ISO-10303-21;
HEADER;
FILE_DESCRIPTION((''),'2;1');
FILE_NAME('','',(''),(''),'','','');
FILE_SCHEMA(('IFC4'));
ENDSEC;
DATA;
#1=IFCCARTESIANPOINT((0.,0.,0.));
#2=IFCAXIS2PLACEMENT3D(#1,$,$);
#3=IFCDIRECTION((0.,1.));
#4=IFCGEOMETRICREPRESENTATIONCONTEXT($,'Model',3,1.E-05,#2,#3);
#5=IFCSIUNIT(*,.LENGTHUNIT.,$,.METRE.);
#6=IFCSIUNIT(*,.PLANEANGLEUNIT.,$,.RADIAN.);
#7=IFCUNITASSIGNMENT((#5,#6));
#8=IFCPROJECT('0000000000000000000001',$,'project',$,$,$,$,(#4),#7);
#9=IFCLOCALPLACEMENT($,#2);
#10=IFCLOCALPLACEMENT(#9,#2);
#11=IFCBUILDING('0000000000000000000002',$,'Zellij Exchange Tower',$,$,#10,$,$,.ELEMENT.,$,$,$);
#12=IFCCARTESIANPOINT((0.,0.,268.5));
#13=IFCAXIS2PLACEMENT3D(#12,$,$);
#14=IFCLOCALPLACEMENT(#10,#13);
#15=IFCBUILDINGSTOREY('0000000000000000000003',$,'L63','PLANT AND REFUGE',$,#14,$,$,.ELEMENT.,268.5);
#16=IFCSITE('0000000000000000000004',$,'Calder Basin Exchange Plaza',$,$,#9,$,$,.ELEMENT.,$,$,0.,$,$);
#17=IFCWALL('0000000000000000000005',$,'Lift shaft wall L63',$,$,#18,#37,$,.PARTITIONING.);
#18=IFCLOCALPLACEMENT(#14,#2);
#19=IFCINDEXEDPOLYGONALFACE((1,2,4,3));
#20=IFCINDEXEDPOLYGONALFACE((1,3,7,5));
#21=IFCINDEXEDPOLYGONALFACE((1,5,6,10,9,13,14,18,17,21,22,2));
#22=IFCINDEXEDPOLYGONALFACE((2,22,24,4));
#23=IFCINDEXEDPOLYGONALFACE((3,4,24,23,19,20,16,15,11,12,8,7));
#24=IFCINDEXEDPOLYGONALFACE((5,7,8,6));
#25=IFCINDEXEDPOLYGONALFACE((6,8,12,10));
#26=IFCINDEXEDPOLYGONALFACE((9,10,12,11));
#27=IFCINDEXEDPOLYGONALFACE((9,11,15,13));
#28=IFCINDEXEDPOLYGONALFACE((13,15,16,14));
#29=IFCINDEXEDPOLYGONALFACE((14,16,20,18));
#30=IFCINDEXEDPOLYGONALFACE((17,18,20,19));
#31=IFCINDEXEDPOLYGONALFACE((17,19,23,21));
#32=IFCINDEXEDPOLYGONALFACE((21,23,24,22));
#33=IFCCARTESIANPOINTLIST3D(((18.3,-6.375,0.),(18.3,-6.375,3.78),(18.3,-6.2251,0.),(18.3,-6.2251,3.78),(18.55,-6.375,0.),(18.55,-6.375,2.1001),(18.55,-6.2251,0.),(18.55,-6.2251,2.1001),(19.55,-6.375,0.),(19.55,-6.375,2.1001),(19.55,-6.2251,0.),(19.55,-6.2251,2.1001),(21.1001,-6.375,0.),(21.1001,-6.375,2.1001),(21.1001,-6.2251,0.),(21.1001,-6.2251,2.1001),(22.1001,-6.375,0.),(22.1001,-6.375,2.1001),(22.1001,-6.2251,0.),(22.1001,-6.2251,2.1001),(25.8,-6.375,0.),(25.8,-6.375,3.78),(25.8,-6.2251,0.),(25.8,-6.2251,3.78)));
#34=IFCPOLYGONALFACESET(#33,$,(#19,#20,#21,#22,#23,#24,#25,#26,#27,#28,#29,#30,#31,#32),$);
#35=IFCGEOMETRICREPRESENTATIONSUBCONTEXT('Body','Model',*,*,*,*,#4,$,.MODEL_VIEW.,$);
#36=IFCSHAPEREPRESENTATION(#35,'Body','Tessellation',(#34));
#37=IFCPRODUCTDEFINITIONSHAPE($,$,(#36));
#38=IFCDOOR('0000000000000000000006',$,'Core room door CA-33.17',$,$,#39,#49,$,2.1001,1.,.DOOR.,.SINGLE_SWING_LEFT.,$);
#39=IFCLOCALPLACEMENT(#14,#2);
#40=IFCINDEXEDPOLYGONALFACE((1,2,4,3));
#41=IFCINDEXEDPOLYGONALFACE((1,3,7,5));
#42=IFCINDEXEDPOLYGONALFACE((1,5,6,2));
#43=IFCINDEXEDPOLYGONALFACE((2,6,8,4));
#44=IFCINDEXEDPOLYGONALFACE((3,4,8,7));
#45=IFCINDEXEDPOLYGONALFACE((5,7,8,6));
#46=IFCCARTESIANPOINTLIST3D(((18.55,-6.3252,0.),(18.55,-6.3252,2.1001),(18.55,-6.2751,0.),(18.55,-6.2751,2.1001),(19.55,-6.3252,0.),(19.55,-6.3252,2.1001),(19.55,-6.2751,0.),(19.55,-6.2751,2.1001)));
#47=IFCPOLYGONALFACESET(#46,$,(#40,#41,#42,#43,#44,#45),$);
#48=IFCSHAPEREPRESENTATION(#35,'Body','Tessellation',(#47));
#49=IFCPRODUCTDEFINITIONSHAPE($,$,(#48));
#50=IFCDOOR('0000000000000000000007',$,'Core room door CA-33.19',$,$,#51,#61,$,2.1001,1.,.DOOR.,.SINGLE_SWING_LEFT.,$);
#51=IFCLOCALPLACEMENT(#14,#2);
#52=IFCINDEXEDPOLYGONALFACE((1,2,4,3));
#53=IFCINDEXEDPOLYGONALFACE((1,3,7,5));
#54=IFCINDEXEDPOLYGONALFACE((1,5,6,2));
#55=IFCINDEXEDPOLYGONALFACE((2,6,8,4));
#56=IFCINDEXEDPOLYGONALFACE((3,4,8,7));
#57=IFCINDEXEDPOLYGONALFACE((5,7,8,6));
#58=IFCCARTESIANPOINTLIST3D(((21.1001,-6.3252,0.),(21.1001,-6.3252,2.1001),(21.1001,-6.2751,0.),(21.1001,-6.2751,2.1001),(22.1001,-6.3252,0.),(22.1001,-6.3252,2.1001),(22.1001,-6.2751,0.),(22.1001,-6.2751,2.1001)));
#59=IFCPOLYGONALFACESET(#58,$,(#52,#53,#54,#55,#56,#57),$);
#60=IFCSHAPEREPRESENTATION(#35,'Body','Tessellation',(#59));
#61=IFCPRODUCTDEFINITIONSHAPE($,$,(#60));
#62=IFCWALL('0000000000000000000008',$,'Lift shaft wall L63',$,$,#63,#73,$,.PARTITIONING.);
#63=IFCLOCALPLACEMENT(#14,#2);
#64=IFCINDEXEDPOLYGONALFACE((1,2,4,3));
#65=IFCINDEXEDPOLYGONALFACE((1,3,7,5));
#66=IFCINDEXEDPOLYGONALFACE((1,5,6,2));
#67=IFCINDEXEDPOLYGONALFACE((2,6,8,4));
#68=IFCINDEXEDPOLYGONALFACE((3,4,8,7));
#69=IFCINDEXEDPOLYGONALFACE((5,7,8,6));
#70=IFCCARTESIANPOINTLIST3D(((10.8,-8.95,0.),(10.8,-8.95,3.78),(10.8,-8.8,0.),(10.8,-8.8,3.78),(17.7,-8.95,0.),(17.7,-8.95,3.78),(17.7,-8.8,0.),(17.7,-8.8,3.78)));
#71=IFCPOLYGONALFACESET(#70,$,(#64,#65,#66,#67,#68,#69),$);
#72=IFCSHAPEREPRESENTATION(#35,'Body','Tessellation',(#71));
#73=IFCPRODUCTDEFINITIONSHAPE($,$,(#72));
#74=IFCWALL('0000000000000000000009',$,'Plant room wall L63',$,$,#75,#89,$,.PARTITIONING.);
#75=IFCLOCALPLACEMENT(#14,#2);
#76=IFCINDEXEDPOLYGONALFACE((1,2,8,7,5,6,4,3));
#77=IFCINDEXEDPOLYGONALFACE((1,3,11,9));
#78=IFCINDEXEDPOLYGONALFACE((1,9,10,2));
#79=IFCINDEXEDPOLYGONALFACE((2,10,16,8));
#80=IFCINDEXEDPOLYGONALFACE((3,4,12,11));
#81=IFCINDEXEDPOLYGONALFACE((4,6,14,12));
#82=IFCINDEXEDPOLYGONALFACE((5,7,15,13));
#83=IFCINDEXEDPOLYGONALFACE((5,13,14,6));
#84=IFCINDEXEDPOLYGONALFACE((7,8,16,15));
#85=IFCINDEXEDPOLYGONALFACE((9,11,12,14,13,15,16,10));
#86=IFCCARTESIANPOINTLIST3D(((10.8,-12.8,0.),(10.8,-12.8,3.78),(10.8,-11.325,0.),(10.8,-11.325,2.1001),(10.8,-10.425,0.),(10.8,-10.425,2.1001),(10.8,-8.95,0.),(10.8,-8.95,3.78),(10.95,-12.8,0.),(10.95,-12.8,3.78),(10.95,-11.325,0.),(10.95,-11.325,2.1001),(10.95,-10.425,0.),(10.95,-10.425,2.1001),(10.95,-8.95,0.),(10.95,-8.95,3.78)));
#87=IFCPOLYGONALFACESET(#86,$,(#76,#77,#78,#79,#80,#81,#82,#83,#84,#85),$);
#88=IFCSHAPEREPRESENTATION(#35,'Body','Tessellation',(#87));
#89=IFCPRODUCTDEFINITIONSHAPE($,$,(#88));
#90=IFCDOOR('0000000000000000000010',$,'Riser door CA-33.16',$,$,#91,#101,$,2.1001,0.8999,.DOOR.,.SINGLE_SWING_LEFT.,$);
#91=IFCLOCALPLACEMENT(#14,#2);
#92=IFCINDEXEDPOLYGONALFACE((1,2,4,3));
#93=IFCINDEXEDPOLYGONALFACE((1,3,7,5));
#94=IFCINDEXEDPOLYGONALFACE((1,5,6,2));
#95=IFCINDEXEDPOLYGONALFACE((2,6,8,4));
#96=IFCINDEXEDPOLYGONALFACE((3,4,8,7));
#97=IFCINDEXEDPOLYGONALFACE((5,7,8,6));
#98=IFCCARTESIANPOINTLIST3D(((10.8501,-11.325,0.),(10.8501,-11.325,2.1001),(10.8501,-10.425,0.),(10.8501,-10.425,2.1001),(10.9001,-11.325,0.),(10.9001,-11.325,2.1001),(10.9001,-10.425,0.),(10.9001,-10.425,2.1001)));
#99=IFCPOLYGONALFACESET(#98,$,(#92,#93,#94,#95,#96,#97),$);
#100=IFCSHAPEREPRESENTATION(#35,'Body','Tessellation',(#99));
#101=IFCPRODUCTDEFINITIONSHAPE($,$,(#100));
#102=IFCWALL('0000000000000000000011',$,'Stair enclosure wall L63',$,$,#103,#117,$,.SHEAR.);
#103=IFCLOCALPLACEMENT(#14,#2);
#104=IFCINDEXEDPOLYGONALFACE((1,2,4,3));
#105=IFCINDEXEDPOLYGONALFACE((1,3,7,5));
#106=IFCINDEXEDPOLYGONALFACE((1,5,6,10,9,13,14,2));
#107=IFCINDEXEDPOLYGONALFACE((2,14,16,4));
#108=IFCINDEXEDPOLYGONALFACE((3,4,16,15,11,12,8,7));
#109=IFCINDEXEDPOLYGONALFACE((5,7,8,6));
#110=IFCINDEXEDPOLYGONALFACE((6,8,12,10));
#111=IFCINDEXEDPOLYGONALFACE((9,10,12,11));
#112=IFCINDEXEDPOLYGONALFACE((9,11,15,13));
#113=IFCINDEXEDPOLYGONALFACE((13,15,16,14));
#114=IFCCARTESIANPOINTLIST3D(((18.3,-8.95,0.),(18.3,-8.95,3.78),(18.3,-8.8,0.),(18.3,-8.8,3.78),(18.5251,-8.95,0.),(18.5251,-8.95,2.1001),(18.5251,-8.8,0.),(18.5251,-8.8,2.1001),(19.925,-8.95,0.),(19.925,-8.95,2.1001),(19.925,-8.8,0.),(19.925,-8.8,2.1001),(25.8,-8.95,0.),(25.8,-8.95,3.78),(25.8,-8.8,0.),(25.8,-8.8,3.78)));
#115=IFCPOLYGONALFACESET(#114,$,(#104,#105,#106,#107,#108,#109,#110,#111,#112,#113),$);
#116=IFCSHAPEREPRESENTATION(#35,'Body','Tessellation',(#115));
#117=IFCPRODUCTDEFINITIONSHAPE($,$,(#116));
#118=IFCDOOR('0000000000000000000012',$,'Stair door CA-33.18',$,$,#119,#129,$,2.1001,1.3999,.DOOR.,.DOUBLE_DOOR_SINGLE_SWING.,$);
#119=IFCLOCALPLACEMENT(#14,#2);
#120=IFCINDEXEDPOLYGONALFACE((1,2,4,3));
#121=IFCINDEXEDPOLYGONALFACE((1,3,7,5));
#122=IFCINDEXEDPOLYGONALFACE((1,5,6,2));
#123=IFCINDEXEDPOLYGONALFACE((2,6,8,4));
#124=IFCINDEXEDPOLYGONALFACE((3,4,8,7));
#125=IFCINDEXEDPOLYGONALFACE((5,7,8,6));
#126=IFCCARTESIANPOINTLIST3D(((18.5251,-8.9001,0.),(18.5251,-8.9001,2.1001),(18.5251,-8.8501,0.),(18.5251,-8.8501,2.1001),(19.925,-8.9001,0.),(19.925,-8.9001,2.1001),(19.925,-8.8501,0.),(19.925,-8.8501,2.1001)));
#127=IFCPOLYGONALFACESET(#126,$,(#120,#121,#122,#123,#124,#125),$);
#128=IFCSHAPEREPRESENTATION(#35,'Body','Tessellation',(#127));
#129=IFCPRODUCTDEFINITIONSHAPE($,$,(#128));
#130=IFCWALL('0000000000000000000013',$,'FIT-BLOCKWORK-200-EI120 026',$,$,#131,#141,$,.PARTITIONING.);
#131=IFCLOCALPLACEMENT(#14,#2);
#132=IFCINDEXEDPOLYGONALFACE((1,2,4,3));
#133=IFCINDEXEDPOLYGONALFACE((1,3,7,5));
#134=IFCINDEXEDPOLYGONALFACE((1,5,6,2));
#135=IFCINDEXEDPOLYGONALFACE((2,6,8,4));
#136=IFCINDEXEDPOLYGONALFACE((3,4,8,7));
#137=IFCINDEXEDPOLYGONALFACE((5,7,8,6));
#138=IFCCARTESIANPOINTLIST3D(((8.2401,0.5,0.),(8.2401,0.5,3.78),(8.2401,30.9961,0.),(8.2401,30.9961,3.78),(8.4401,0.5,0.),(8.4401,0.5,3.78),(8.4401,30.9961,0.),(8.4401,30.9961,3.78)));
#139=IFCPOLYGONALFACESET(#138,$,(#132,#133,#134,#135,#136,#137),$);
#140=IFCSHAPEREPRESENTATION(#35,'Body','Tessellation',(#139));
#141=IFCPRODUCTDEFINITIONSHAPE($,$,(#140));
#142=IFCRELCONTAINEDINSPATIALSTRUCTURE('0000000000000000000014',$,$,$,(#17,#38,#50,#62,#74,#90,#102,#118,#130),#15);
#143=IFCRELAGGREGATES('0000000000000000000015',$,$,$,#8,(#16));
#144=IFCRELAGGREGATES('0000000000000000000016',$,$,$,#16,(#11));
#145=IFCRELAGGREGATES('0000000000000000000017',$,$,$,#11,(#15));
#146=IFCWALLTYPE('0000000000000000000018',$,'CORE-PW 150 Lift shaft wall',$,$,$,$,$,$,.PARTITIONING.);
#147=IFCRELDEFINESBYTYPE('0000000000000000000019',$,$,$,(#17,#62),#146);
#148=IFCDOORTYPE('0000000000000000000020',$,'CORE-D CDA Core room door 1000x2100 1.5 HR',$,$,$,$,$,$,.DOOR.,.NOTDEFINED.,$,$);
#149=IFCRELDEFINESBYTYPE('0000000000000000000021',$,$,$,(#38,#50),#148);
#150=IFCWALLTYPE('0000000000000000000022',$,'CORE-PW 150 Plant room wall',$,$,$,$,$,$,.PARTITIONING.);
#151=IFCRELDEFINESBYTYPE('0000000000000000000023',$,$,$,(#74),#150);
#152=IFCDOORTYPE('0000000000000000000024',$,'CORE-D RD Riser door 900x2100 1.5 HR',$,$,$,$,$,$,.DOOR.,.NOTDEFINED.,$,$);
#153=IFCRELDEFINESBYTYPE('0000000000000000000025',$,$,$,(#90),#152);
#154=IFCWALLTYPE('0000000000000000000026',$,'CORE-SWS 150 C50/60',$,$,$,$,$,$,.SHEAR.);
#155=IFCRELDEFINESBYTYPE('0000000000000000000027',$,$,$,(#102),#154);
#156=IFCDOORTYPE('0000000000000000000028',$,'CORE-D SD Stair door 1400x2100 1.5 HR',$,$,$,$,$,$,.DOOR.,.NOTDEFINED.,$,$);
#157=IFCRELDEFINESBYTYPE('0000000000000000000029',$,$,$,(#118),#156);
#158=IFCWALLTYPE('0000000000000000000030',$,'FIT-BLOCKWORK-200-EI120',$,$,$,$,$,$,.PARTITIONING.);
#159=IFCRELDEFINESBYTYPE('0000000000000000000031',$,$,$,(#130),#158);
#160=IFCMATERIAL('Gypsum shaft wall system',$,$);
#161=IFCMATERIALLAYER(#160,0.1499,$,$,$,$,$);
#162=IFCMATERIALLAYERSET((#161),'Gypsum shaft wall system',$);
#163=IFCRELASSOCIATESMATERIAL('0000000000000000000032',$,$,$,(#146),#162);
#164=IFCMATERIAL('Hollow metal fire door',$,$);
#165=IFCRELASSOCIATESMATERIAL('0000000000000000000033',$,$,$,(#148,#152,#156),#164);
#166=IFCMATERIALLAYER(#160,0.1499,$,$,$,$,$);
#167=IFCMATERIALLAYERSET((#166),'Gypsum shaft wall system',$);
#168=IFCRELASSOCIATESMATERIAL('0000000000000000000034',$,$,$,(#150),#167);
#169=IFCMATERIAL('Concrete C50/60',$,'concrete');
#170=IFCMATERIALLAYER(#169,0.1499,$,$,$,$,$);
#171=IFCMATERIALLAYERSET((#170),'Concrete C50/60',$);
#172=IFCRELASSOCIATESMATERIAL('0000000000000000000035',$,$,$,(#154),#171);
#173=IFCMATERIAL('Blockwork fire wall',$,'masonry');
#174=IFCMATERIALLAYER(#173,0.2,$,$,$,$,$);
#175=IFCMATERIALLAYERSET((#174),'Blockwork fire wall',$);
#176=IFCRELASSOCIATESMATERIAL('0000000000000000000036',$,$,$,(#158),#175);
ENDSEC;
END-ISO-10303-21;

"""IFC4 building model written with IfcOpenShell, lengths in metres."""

from ifc_helpers import new_model, si_unit, direction, frame, frame_2d, origin, place, context, subcontext, project, spatial, rectangle, extrude, material, layer, layer_set, type_object, element, fill, save


model = new_model("IFC4")

# Units and contexts
model_context = context("Model", 3, precision=1e-05, world=origin(), true_north=direction((0.0, 1.0)))
body_context = subcontext(model_context, "Body", "Model", "MODEL_VIEW")
ifc_project = project(units=[si_unit("LENGTHUNIT", "METRE"), si_unit("PLANEANGLEUNIT", "RADIAN")], contexts=[model_context])

# Site, building, storey
site_placement = place(None, origin())
site = spatial("IfcSite", under=ifc_project, at=site_placement, Name="Calder Basin Exchange Plaza", CompositionType="ELEMENT", RefElevation=0.0)
building_placement = place(site_placement, origin())
building = spatial("IfcBuilding", under=site, at=building_placement, Name="Zellij Exchange Tower", CompositionType="ELEMENT")
storey_placement = place(building_placement, frame((0.0, 0.0, 268.5)))
storey = spatial("IfcBuildingStorey", under=building, at=storey_placement, Name="L63", Description="PLANT AND REFUGE", CompositionType="ELEMENT", Elevation=268.5)

# Shared definitions
ifc_material_1 = material(Name="Concrete C50/60", Category="concrete")

# Shared definitions
ifc_material_2 = material(Name="Gypsum shaft wall system")
ifc_layer_1 = layer(ifc_material_2, 0.1499)
ifc_layer_set_1 = layer_set([ifc_layer_1], Name="Gypsum shaft wall system")
wall_type_1 = type_object("IfcWallType", Name="CORE-PW 150 Lift shaft wall", PredefinedType="PARTITIONING", material=ifc_layer_set_1)

# Wall, openings, doors
wall_1_placement = place(storey_placement, frame((18.3, -6.3, 0.0), z_axis=(0.0, 0.0, 1.0), x_axis=(1.0, 0.0, 0.0)))
wall_1 = element("IfcWall", 1, at=wall_1_placement, inside=storey, type_object=wall_type_1, Name="Lift shaft wall L63", PredefinedType="PARTITIONING", context=body_context, shape_type="SweptSolid", body=[
    extrude(rectangle(XDim=7.5, YDim=0.1499, at=frame_2d((3.75, 0.0))), origin(), (0.0, 0.0, 1.0), 3.78),
])
opening_1_placement = place(wall_1_placement, frame((0.25, 0.0, 0.0)))
opening_1 = element("IfcOpeningElement", 2, at=opening_1_placement, cuts=wall_1, PredefinedType="OPENING", context=body_context, shape_type="SweptSolid", body=[
    extrude(rectangle(XDim=1.0, YDim=2.1001, at=frame_2d((0.5, 1.05))), frame((0.0, 0.0869, 0.0), z_axis=(0.0, -1.0, 0.0), x_axis=(1.0, 0.0, 0.0)), (0.0, 0.0, 1.0), 0.1738),
])
opening_2_placement = place(wall_1_placement, frame((2.8, 0.0, 0.0)))
opening_2 = element("IfcOpeningElement", 3, at=opening_2_placement, cuts=wall_1, PredefinedType="OPENING", context=body_context, shape_type="SweptSolid", body=[
    extrude(rectangle(XDim=1.0, YDim=2.1001, at=frame_2d((0.5, 1.05))), frame((0.0, 0.0869, 0.0), z_axis=(0.0, -1.0, 0.0), x_axis=(1.0, 0.0, 0.0)), (0.0, 0.0, 1.0), 0.1738),
])
ifc_material_3 = material(Name="Hollow metal fire door")
door_type_1 = type_object("IfcDoorType", Name="CORE-D CDA Core room door 1000x2100 1.5 HR", OperationType="NOTDEFINED", PredefinedType="DOOR", material=ifc_material_3)
door_1_placement = place(opening_1_placement, origin())
door_1 = element("IfcDoor", 4, at=door_1_placement, inside=storey, type_object=door_type_1, Name="Core room door CA-33.17", OperationType="SINGLE_SWING_LEFT", OverallHeight=2.1001, OverallWidth=1.0, PredefinedType="DOOR", context=body_context, shape_type="SweptSolid", body=[
    extrude(rectangle(XDim=1.0, YDim=2.1001, at=frame_2d((0.5, 1.05))), frame((0.0, 0.0249, 0.0), z_axis=(0.0, -1.0, 0.0), x_axis=(1.0, 0.0, 0.0)), (0.0, 0.0, 1.0), 0.05),
])
fill(opening_1, door_1)
door_2_placement = place(opening_2_placement, origin())
door_2 = element("IfcDoor", 5, at=door_2_placement, inside=storey, type_object=door_type_1, Name="Core room door CA-33.19", OperationType="SINGLE_SWING_LEFT", OverallHeight=2.1001, OverallWidth=1.0, PredefinedType="DOOR", context=body_context, shape_type="SweptSolid", body=[
    extrude(rectangle(XDim=1.0, YDim=2.1001, at=frame_2d((0.5, 1.05))), frame((0.0, 0.0249, 0.0), z_axis=(0.0, -1.0, 0.0), x_axis=(1.0, 0.0, 0.0)), (0.0, 0.0, 1.0), 0.05),
])
fill(opening_2, door_2)

# Wall
wall_2_placement = place(storey_placement, frame((10.8, -8.875, 0.0), z_axis=(0.0, 0.0, 1.0), x_axis=(1.0, 0.0, 0.0)))
element("IfcWall", 6, at=wall_2_placement, inside=storey, type_object=wall_type_1, Name="Lift shaft wall L63", PredefinedType="PARTITIONING", context=body_context, shape_type="SweptSolid", body=[
    extrude(rectangle(XDim=6.8999, YDim=0.1499, at=frame_2d((3.45, 0.0))), origin(), (0.0, 0.0, 1.0), 3.78),
])

# Walls, openings, doors
ifc_layer_2 = layer(ifc_material_2, 0.1499)
ifc_layer_set_2 = layer_set([ifc_layer_2], Name="Gypsum shaft wall system")
wall_type_2 = type_object("IfcWallType", Name="CORE-PW 150 Plant room wall", PredefinedType="PARTITIONING", material=ifc_layer_set_2)
wall_3_placement = place(storey_placement, frame((10.875, -12.8, 0.0), z_axis=(0.0, 0.0, 1.0), x_axis=(0.0, 1.0, 0.0)))
wall_3 = element("IfcWall", 7, at=wall_3_placement, inside=storey, type_object=wall_type_2, Name="Plant room wall L63", PredefinedType="PARTITIONING", context=body_context, shape_type="SweptSolid", body=[
    extrude(rectangle(XDim=3.8501, YDim=0.1499, at=frame_2d((1.925, 0.0))), origin(), (0.0, 0.0, 1.0), 3.78),
])
opening_3_placement = place(wall_3_placement, frame((1.4751, 0.0, 0.0)))
opening_3 = element("IfcOpeningElement", 8, at=opening_3_placement, cuts=wall_3, PredefinedType="OPENING", context=body_context, shape_type="SweptSolid", body=[
    extrude(rectangle(XDim=0.8999, YDim=2.1001, at=frame_2d((0.45, 1.05))), frame((0.0, 0.0869, 0.0), z_axis=(0.0, -1.0, 0.0), x_axis=(1.0, 0.0, 0.0)), (0.0, 0.0, 1.0), 0.1738),
])
door_type_2 = type_object("IfcDoorType", Name="CORE-D RD Riser door 900x2100 1.5 HR", OperationType="NOTDEFINED", PredefinedType="DOOR", material=ifc_material_3)
door_3_placement = place(opening_3_placement, origin())
door_3 = element("IfcDoor", 9, at=door_3_placement, inside=storey, type_object=door_type_2, Name="Riser door CA-33.16", OperationType="SINGLE_SWING_LEFT", OverallHeight=2.1001, OverallWidth=0.8999, PredefinedType="DOOR", context=body_context, shape_type="SweptSolid", body=[
    extrude(rectangle(XDim=0.8999, YDim=2.1001, at=frame_2d((0.45, 1.05))), frame((0.0, 0.0249, 0.0), z_axis=(0.0, -1.0, 0.0), x_axis=(1.0, 0.0, 0.0)), (0.0, 0.0, 1.0), 0.05),
])
fill(opening_3, door_3)
ifc_layer_3 = layer(ifc_material_1, 0.1499)
ifc_layer_set_3 = layer_set([ifc_layer_3], Name="Concrete C50/60")
wall_type_3 = type_object("IfcWallType", Name="CORE-SWS 150 C50/60", PredefinedType="SHEAR", material=ifc_layer_set_3)
wall_4_placement = place(storey_placement, frame((18.3, -8.875, 0.0), z_axis=(0.0, 0.0, 1.0), x_axis=(1.0, 0.0, 0.0)))
wall_4 = element("IfcWall", 10, at=wall_4_placement, inside=storey, type_object=wall_type_3, Name="Stair enclosure wall L63", PredefinedType="SHEAR", context=body_context, shape_type="SweptSolid", body=[
    extrude(rectangle(XDim=7.5, YDim=0.1499, at=frame_2d((3.75, 0.0))), origin(), (0.0, 0.0, 1.0), 3.78),
])
opening_4_placement = place(wall_4_placement, frame((0.2251, 0.0, 0.0)))
opening_4 = element("IfcOpeningElement", 11, at=opening_4_placement, cuts=wall_4, PredefinedType="OPENING", context=body_context, shape_type="SweptSolid", body=[
    extrude(rectangle(XDim=1.3999, YDim=2.1001, at=frame_2d((0.7, 1.05))), frame((0.0, 0.0869, 0.0), z_axis=(0.0, -1.0, 0.0), x_axis=(1.0, 0.0, 0.0)), (0.0, 0.0, 1.0), 0.1738),
])
door_type_3 = type_object("IfcDoorType", Name="CORE-D SD Stair door 1400x2100 1.5 HR", OperationType="NOTDEFINED", PredefinedType="DOOR", material=ifc_material_3)
door_4_placement = place(opening_4_placement, origin())
door_4 = element("IfcDoor", 12, at=door_4_placement, inside=storey, type_object=door_type_3, Name="Stair door CA-33.18", OperationType="DOUBLE_DOOR_SINGLE_SWING", OverallHeight=2.1001, OverallWidth=1.3999, PredefinedType="DOOR", context=body_context, shape_type="SweptSolid", body=[
    extrude(rectangle(XDim=1.3999, YDim=2.1001, at=frame_2d((0.7, 1.05))), frame((0.0, 0.0249, 0.0), z_axis=(0.0, -1.0, 0.0), x_axis=(1.0, 0.0, 0.0)), (0.0, 0.0, 1.0), 0.05),
])
fill(opening_4, door_4)

# Wall
ifc_material_4 = material(Name="Blockwork fire wall", Category="masonry")
ifc_layer_4 = layer(ifc_material_4, 0.2)
ifc_layer_set_4 = layer_set([ifc_layer_4], Name="Blockwork fire wall")
wall_type_4 = type_object("IfcWallType", Name="FIT-BLOCKWORK-200-EI120", PredefinedType="PARTITIONING", material=ifc_layer_set_4)
wall_5_placement = place(storey_placement, frame((8.3401, 0.5, 0.0), z_axis=(0.0, 0.0, 1.0), x_axis=(0.0, 1.0, 0.0)))
element("IfcWall", 13, at=wall_5_placement, inside=storey, type_object=wall_type_4, Name="FIT-BLOCKWORK-200-EI120 026", PredefinedType="PARTITIONING", context=body_context, shape_type="SweptSolid", body=[
    extrude(rectangle(XDim=30.4961, YDim=0.2, at=frame_2d((15.248, 0.0))), origin(), (0.0, 0.0, 1.0), 3.78),
])

save(model, "model.ifc")
